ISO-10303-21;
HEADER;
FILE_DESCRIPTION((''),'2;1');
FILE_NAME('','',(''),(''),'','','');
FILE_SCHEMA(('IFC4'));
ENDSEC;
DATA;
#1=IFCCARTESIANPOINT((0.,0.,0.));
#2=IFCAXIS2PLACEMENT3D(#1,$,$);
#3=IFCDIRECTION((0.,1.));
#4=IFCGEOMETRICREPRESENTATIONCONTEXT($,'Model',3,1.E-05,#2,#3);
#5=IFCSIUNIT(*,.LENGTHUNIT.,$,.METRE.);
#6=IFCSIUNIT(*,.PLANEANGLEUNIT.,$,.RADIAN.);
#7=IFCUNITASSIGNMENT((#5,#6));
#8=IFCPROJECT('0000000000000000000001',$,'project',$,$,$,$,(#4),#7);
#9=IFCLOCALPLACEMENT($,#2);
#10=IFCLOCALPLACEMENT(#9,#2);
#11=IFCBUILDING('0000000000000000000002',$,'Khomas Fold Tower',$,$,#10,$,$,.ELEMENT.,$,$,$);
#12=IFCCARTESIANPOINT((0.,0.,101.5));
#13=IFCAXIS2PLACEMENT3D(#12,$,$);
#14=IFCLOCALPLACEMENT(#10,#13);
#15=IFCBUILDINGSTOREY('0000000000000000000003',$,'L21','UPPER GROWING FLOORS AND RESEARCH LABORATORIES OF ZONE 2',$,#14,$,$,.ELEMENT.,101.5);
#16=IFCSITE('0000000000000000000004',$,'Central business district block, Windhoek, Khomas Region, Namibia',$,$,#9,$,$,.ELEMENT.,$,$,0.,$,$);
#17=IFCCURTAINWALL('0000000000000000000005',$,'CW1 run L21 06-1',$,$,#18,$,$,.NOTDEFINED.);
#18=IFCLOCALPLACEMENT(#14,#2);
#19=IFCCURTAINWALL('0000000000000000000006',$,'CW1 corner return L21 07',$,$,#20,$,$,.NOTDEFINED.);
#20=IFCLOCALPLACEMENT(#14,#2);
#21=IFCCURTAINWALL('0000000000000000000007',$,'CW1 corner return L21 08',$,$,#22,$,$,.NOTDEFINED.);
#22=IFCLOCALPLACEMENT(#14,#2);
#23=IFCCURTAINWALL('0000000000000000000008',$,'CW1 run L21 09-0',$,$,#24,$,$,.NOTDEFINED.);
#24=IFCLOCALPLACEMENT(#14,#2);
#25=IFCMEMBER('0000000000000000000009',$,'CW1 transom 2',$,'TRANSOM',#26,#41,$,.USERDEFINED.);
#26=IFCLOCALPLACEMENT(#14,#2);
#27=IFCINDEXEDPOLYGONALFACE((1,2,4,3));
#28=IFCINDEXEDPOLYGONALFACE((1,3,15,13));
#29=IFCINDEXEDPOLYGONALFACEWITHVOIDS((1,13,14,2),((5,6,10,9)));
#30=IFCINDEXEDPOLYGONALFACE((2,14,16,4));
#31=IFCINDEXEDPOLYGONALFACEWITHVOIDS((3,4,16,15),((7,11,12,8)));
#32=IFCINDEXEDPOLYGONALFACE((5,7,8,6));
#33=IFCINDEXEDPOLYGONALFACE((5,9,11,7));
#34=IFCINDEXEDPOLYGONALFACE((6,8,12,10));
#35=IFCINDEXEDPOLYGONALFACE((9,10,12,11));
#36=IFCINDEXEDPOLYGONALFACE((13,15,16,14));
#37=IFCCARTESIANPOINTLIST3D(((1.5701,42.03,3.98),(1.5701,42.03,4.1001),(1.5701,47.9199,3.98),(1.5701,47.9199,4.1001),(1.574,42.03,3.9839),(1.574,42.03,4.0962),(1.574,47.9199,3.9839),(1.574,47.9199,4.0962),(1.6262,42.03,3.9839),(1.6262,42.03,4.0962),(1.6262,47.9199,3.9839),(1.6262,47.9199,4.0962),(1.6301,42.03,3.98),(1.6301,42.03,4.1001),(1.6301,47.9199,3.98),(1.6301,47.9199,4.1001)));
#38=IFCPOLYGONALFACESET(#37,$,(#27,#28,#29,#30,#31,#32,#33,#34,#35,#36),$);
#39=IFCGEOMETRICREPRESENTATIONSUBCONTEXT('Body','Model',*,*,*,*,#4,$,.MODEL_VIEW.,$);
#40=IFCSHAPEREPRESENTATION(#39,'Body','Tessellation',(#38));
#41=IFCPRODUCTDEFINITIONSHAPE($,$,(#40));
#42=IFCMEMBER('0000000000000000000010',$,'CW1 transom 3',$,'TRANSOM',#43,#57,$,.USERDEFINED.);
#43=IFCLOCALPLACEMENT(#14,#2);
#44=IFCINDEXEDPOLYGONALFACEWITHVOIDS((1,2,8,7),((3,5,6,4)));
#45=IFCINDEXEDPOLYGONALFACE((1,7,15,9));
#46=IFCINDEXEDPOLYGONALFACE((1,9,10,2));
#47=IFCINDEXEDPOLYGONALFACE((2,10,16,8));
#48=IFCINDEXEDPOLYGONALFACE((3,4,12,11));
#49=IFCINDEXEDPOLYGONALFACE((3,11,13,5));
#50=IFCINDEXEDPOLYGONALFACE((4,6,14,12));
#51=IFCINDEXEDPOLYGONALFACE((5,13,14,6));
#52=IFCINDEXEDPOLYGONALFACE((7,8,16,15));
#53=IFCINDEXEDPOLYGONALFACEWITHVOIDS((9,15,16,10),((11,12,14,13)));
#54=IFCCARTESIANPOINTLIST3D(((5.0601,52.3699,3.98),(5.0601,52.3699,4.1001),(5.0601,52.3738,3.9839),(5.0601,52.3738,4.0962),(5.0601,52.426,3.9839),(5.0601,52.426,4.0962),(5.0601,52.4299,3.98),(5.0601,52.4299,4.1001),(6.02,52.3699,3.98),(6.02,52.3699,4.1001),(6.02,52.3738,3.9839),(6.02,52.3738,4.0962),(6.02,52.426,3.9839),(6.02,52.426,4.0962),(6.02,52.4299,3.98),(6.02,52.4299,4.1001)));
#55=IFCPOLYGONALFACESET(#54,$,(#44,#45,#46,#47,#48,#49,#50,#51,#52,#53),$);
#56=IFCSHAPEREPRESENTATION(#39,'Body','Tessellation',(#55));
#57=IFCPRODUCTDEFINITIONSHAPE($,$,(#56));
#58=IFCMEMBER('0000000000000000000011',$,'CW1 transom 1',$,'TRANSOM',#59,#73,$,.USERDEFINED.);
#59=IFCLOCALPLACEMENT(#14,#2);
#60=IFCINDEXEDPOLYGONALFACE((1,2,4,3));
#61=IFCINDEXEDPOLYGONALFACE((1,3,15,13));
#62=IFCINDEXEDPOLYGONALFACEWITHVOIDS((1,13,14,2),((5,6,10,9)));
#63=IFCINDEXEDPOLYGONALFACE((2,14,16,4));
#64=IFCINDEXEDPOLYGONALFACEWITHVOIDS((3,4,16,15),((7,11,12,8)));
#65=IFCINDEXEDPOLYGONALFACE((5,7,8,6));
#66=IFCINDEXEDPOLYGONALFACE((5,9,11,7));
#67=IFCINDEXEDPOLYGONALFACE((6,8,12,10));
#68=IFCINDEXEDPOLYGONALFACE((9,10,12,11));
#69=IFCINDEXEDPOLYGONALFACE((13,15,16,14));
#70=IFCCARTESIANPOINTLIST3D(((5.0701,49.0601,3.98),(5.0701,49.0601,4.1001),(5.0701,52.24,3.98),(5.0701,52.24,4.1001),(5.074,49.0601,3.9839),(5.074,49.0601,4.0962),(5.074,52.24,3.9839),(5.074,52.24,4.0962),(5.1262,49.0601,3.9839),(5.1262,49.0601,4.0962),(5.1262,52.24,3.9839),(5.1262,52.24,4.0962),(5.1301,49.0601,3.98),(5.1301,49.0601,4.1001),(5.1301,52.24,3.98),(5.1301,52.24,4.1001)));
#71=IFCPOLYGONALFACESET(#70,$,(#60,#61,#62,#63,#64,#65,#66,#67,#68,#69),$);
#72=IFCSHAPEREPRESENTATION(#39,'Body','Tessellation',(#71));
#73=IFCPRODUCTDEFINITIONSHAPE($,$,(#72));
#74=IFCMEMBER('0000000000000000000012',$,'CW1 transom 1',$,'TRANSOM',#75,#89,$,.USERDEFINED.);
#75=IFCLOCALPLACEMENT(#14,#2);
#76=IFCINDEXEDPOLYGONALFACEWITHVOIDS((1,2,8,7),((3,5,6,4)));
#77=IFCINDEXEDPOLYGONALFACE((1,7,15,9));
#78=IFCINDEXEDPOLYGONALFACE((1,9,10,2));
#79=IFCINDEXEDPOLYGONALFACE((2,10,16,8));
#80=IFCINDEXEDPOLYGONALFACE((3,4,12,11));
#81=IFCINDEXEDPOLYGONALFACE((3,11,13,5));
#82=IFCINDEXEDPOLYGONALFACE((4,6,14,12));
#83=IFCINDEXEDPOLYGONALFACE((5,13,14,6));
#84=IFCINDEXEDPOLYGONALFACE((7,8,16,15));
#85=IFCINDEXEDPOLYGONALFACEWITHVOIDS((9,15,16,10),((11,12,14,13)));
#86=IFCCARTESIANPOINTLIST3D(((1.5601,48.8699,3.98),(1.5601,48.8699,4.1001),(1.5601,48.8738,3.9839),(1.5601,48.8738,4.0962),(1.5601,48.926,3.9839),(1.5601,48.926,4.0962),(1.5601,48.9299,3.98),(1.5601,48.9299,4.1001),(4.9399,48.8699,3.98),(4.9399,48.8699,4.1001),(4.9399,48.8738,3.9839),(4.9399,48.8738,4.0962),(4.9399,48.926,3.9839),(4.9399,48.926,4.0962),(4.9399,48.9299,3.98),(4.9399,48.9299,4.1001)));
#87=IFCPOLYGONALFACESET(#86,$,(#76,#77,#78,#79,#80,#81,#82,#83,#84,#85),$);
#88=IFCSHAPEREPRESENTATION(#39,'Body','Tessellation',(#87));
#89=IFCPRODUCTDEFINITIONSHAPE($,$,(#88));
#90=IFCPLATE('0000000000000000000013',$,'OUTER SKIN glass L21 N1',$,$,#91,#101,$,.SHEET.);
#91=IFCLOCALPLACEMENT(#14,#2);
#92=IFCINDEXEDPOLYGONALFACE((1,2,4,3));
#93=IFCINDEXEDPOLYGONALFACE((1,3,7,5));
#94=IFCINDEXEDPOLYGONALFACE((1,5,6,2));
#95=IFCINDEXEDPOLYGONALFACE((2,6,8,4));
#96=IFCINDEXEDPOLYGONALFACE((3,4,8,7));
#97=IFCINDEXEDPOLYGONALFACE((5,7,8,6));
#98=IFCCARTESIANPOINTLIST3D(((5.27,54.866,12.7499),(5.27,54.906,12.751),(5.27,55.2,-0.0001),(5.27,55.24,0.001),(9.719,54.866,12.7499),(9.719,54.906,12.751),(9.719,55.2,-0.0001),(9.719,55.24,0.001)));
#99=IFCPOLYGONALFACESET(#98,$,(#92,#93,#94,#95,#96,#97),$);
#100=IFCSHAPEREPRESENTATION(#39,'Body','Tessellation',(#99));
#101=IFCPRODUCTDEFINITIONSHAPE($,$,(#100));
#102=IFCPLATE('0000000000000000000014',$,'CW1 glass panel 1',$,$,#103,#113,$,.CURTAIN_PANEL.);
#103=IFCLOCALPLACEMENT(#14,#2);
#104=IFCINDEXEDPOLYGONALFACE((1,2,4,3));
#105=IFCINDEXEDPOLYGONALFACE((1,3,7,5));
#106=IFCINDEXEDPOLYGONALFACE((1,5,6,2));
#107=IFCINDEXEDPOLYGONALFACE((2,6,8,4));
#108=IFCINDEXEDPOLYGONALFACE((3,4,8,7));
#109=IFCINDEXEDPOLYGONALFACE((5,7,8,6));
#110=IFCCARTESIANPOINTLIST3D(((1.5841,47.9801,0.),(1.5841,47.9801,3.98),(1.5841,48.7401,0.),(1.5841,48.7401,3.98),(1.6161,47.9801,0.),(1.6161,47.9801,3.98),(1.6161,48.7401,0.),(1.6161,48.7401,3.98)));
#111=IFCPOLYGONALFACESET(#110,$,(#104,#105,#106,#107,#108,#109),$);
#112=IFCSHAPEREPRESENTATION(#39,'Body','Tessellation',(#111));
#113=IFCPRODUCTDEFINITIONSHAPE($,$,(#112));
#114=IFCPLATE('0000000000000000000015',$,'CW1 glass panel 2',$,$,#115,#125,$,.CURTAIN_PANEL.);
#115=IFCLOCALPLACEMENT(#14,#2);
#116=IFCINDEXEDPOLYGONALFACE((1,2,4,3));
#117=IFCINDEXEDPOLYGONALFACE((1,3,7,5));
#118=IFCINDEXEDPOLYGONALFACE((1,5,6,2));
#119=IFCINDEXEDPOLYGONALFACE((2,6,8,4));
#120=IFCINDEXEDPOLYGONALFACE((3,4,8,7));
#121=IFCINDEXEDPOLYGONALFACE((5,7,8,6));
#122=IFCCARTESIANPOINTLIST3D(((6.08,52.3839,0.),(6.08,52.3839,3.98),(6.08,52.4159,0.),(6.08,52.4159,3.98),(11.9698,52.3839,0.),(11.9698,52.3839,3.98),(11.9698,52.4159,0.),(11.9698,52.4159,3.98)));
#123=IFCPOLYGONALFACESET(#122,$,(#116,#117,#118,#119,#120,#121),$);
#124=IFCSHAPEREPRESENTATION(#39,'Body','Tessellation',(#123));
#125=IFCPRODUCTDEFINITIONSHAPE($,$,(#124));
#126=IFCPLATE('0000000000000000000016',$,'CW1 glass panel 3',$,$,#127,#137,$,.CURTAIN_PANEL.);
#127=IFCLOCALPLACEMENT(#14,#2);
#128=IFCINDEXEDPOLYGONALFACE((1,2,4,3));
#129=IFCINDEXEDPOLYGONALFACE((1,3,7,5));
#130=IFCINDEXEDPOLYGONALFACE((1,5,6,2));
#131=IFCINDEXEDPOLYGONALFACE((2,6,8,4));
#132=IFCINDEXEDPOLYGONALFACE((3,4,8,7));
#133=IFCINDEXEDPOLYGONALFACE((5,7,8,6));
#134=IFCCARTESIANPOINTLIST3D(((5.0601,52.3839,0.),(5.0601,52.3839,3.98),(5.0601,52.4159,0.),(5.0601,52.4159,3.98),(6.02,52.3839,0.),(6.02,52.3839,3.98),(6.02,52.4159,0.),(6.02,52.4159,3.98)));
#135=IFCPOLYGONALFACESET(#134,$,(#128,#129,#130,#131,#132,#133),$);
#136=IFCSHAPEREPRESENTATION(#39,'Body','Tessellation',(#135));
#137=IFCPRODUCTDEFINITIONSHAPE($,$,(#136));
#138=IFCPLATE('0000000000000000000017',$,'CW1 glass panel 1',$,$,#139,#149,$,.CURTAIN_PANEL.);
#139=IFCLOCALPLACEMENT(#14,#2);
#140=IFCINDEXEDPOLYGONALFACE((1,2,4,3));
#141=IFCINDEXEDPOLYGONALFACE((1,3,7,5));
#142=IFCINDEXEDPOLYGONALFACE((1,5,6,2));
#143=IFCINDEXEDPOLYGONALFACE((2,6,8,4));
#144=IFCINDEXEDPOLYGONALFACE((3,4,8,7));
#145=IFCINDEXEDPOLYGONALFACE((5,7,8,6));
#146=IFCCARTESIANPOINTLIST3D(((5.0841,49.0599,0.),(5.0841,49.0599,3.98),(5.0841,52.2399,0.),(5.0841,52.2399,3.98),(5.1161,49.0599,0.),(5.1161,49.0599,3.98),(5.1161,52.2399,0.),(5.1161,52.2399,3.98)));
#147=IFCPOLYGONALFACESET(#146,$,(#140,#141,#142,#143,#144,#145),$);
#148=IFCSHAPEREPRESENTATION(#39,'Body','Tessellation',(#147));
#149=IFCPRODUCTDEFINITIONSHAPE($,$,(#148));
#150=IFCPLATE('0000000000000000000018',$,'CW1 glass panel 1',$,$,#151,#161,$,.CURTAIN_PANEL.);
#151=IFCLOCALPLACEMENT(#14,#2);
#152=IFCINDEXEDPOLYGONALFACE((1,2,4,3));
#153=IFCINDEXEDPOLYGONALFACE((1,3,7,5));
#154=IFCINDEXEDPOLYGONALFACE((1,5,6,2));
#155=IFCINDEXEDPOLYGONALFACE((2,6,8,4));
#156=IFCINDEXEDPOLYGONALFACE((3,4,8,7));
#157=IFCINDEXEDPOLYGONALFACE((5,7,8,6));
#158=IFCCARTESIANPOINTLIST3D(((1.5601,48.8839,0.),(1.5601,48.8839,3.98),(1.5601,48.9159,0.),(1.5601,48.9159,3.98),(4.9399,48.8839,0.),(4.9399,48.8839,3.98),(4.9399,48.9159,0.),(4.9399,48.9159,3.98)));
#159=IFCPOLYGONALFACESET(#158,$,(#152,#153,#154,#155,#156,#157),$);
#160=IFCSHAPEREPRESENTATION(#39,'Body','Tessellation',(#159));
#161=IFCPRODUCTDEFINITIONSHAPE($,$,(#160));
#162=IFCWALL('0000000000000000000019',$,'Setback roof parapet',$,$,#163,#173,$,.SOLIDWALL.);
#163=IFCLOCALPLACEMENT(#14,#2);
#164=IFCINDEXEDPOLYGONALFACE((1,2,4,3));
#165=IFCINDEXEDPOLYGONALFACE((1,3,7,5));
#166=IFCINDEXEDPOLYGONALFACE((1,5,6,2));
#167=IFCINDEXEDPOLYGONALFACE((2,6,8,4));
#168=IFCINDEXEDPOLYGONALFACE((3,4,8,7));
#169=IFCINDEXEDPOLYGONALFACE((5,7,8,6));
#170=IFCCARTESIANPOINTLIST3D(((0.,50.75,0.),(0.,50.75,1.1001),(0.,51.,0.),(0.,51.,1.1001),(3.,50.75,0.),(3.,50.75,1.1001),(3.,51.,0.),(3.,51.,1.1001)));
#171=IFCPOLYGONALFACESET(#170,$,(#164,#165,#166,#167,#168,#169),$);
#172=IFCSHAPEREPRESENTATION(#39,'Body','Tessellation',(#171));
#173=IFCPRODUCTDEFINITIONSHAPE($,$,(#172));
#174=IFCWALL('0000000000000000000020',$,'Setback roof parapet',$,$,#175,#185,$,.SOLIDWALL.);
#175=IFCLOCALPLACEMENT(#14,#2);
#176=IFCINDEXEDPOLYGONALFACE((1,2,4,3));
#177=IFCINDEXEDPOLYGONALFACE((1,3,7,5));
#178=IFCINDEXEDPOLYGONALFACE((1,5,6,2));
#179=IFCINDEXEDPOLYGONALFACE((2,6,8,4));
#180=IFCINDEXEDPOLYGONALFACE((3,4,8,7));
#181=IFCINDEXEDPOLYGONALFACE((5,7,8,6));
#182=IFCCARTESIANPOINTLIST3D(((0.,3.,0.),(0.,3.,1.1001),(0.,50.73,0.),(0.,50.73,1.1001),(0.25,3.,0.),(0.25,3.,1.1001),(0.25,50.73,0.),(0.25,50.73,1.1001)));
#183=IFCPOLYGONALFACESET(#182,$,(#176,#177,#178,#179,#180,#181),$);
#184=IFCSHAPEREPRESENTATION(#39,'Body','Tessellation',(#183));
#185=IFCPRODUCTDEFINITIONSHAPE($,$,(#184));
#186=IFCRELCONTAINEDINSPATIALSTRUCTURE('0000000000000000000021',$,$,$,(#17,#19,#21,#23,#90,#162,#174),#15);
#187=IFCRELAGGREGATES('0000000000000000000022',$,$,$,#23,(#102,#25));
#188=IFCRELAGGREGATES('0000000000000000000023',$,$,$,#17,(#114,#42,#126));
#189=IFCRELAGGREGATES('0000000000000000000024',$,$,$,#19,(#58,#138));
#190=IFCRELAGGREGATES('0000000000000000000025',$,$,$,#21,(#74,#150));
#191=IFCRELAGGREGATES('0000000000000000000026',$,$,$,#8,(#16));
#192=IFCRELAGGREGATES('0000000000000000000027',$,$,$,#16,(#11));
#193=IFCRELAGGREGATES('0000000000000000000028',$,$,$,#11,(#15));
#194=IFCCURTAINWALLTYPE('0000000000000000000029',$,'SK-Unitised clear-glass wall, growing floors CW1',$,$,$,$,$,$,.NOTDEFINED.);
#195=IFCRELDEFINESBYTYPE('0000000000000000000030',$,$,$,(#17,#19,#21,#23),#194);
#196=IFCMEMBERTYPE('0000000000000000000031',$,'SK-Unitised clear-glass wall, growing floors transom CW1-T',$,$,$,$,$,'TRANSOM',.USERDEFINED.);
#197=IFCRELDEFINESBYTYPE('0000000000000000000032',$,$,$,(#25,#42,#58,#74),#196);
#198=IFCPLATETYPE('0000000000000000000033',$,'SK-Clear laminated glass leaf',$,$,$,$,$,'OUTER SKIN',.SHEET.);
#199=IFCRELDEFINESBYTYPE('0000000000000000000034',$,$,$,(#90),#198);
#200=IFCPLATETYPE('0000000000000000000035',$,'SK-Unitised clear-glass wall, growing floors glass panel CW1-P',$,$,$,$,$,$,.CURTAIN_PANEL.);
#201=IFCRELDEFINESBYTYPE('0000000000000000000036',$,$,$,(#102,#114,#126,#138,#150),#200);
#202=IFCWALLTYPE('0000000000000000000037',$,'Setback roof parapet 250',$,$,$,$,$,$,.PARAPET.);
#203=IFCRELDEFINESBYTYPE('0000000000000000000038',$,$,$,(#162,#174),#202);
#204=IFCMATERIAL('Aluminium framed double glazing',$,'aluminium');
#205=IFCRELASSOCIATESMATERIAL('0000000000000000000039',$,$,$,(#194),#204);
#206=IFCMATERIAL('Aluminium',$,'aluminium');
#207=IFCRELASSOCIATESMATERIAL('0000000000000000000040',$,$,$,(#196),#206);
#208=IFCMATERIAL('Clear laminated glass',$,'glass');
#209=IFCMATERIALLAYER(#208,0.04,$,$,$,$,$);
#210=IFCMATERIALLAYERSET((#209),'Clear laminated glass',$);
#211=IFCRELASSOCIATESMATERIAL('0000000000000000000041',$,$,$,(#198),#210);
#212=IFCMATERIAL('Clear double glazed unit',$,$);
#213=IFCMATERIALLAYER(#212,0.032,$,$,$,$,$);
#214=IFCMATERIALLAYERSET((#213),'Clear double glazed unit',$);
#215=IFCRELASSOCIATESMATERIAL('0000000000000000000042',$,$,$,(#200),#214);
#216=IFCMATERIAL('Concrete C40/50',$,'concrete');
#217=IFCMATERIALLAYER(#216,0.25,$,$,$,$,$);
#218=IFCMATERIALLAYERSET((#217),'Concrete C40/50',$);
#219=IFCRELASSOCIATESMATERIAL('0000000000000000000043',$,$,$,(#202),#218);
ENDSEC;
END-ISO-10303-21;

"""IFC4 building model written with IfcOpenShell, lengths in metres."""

from ifc_helpers import new_model, si_unit, direction, frame, frame_2d, origin, origin_2d, place, context, subcontext, project, spatial, polyline, rectangle, hollow_rectangle, outline, extrude, source, transform, mapped, material, layer, layer_set, material_profile, profile_set, type_object, element, aggregate, save


model = new_model("IFC4")

# Units and contexts
model_context = context("Model", 3, precision=1e-05, world=origin(), true_north=direction((0.0, 1.0)))
body_context = subcontext(model_context, "Body", "Model", "MODEL_VIEW")
ifc_project = project(units=[si_unit("LENGTHUNIT", "METRE"), si_unit("PLANEANGLEUNIT", "RADIAN")], contexts=[model_context])

# Site, building, storey
site_placement = place(None, origin())
site = spatial("IfcSite", under=ifc_project, at=site_placement, Name="Central business district block, Windhoek, Khomas Region, Namibia", CompositionType="ELEMENT", RefElevation=0.0)
building_placement = place(site_placement, origin())
building = spatial("IfcBuilding", under=site, at=building_placement, Name="Khomas Fold Tower", CompositionType="ELEMENT")
storey_placement = place(building_placement, frame((0.0, 0.0, 101.5)))
storey = spatial("IfcBuildingStorey", under=building, at=storey_placement, Name="L21", Description="UPPER GROWING FLOORS AND RESEARCH LABORATORIES OF ZONE 2", CompositionType="ELEMENT", Elevation=101.5)

# Curtain walls, member
ifc_material_1 = material(Name="Aluminium framed double glazing", Category="aluminium")
curtain_wall_type = type_object("IfcCurtainWallType", Name="SK-Unitised clear-glass wall, growing floors CW1", PredefinedType="NOTDEFINED", material=ifc_material_1)
curtain_wall_1_placement = place(storey_placement, origin())
curtain_wall_1 = element("IfcCurtainWall", 1, at=curtain_wall_1_placement, inside=storey, type_object=curtain_wall_type, Name="CW1 run L21 06-1", PredefinedType="NOTDEFINED")
curtain_wall_2_placement = place(storey_placement, origin())
curtain_wall_2 = element("IfcCurtainWall", 2, at=curtain_wall_2_placement, inside=storey, type_object=curtain_wall_type, Name="CW1 corner return L21 07", PredefinedType="NOTDEFINED")
curtain_wall_3_placement = place(storey_placement, origin())
curtain_wall_3 = element("IfcCurtainWall", 3, at=curtain_wall_3_placement, inside=storey, type_object=curtain_wall_type, Name="CW1 corner return L21 08", PredefinedType="NOTDEFINED")
curtain_wall_4_placement = place(storey_placement, origin())
curtain_wall_4 = element("IfcCurtainWall", 4, at=curtain_wall_4_placement, inside=storey, type_object=curtain_wall_type, Name="CW1 run L21 09-0", PredefinedType="NOTDEFINED")
ifc_material_2 = material(Name="Aluminium", Category="aluminium")
ifc_material_profile_1 = material_profile(ifc_material_2, hollow_rectangle(XDim=0.0601, YDim=0.1201, WallThickness=0.0039, at=origin_2d()), Name="SK-Unitised clear-glass wall, growing floors transom CW1-T")
ifc_profile_set_1 = profile_set([ifc_material_profile_1], Name="Aluminium")
member_type_1 = type_object("IfcMemberType", Name="SK-Unitised clear-glass wall, growing floors transom CW1-T", ElementType="TRANSOM", PredefinedType="USERDEFINED", material=ifc_profile_set_1)
shared_shape_1 = source(origin(), body_context, "Body", "SweptSolid", [
    extrude(hollow_rectangle(XDim=0.0601, YDim=0.1201, WallThickness=0.0039, at=origin_2d()), origin(), (0.0, 0.0, 1.0), 5.8899),
])
member_1_placement = place(storey_placement, frame((1.6001, 47.9199, 4.04), z_axis=(0.0, -1.0, 0.0), x_axis=(1.0, 0.0, 0.0)))
member_1 = element("IfcMember", 5, at=member_1_placement, type_object=member_type_1, Name="CW1 transom 2", ObjectType="TRANSOM", PredefinedType="USERDEFINED", context=body_context, shape_type="MappedRepresentation", body=[
    mapped(shared_shape_1, transform((0.0, 0.0, 0.0))),
])

# Members
shared_shape_2 = source(origin(), body_context, "Body", "SweptSolid", [
    extrude(hollow_rectangle(XDim=0.0601, YDim=0.1201, WallThickness=0.0039, at=origin_2d()), origin(), (0.0, 0.0, 1.0), 0.96),
])
member_2_placement = place(storey_placement, frame((6.02, 52.3999, 4.04), z_axis=(-1.0, 0.0, 0.0), x_axis=(0.0, -1.0, 0.0)))
member_2 = element("IfcMember", 6, at=member_2_placement, type_object=member_type_1, Name="CW1 transom 3", ObjectType="TRANSOM", PredefinedType="USERDEFINED", context=body_context, shape_type="MappedRepresentation", body=[
    mapped(shared_shape_2, transform((0.0, 0.0, 0.0))),
])
shared_shape_3 = source(origin(), body_context, "Body", "SweptSolid", [
    extrude(hollow_rectangle(XDim=0.0601, YDim=0.1201, WallThickness=0.0039, at=origin_2d()), origin(), (0.0, 0.0, 1.0), 3.1799),
])
member_3_placement = place(storey_placement, frame((5.1001, 52.24, 4.04), z_axis=(0.0, -1.0, 0.0), x_axis=(1.0, 0.0, 0.0)))
member_3 = element("IfcMember", 7, at=member_3_placement, type_object=member_type_1, Name="CW1 transom 1", ObjectType="TRANSOM", PredefinedType="USERDEFINED", context=body_context, shape_type="MappedRepresentation", body=[
    mapped(shared_shape_3, transform((0.0, 0.0, 0.0))),
])
shared_shape_4 = source(origin(), body_context, "Body", "SweptSolid", [
    extrude(hollow_rectangle(XDim=0.0601, YDim=0.1201, WallThickness=0.0039, at=origin_2d()), origin(), (0.0, 0.0, 1.0), 3.3799),
])
member_4_placement = place(storey_placement, frame((4.9399, 48.8999, 4.04), z_axis=(-1.0, 0.0, 0.0), x_axis=(0.0, -1.0, 0.0)))
member_4 = element("IfcMember", 8, at=member_4_placement, type_object=member_type_1, Name="CW1 transom 1", ObjectType="TRANSOM", PredefinedType="USERDEFINED", context=body_context, shape_type="MappedRepresentation", body=[
    mapped(shared_shape_4, transform((0.0, 0.0, 0.0))),
])

# Plates
ifc_material_3 = material(Name="Clear laminated glass", Category="glass")
ifc_layer_1 = layer(ifc_material_3, 0.04)
ifc_layer_set_1 = layer_set([ifc_layer_1], Name="Clear laminated glass")
plate_type_1 = type_object("IfcPlateType", Name="SK-Clear laminated glass leaf", ElementType="OUTER SKIN", PredefinedType="SHEET", material=ifc_layer_set_1)
plate_1_placement = place(storey_placement, frame((5.27, 55.24, 0.001), z_axis=(0.0, 0.999657, 0.026186), x_axis=(1.0, 0.0, 0.0)))
element("IfcPlate", 9, at=plate_1_placement, inside=storey, type_object=plate_type_1, Name="OUTER SKIN glass L21 N1", PredefinedType="SHEET", context=body_context, shape_type="SweptSolid", body=[
    extrude(outline(polyline([(0.0, 0.0), (4.449, 0.0), (4.449, -12.7544), (0.0, -12.7544), (0.0, 0.0)])), origin(), (0.0, 0.0, -1.0), 0.04),
])
ifc_material_4 = material(Name="Clear double glazed unit")
ifc_layer_2 = layer(ifc_material_4, 0.032)
ifc_layer_set_2 = layer_set([ifc_layer_2], Name="Clear double glazed unit")
plate_type_2 = type_object("IfcPlateType", Name="SK-Unitised clear-glass wall, growing floors glass panel CW1-P", PredefinedType="CURTAIN_PANEL", material=ifc_layer_set_2)
shared_shape_5 = source(origin(), body_context, "Body", "SweptSolid", [
    extrude(rectangle(XDim=0.76, YDim=0.032, at=origin_2d()), origin(), (0.0, 0.0, 1.0), 3.98),
])
plate_2_placement = place(storey_placement, frame((1.6001, 48.3601, 0.0), z_axis=(0.0, 0.0, 1.0), x_axis=(0.0, -1.0, 0.0)))
plate_2 = element("IfcPlate", 10, at=plate_2_placement, type_object=plate_type_2, Name="CW1 glass panel 1", PredefinedType="CURTAIN_PANEL", context=body_context, shape_type="MappedRepresentation", body=[
    mapped(shared_shape_5, transform((0.0, 0.0, 0.0))),
])
aggregate(curtain_wall_4, [plate_2, member_1])
shared_shape_6 = source(origin(), body_context, "Body", "SweptSolid", [
    extrude(rectangle(XDim=5.8899, YDim=0.032, at=origin_2d()), origin(), (0.0, 0.0, 1.0), 3.98),
])
plate_3_placement = place(storey_placement, frame((9.0249, 52.3999, 0.0), z_axis=(0.0, 0.0, 1.0), x_axis=(-1.0, 0.0, 0.0)))
plate_3 = element("IfcPlate", 11, at=plate_3_placement, type_object=plate_type_2, Name="CW1 glass panel 2", PredefinedType="CURTAIN_PANEL", context=body_context, shape_type="MappedRepresentation", body=[
    mapped(shared_shape_6, transform((0.0, 0.0, 0.0))),
])
shared_shape_7 = source(origin(), body_context, "Body", "SweptSolid", [
    extrude(rectangle(XDim=0.96, YDim=0.032, at=origin_2d()), origin(), (0.0, 0.0, 1.0), 3.98),
])
plate_4_placement = place(storey_placement, frame((5.54, 52.3999, 0.0), z_axis=(0.0, 0.0, 1.0), x_axis=(-1.0, 0.0, 0.0)))
plate_4 = element("IfcPlate", 12, at=plate_4_placement, type_object=plate_type_2, Name="CW1 glass panel 3", PredefinedType="CURTAIN_PANEL", context=body_context, shape_type="MappedRepresentation", body=[
    mapped(shared_shape_7, transform((0.0, 0.0, 0.0))),
])
aggregate(curtain_wall_1, [plate_3, member_2, plate_4])
shared_shape_8 = source(origin(), body_context, "Body", "SweptSolid", [
    extrude(rectangle(XDim=3.1799, YDim=0.032, at=origin_2d()), origin(), (0.0, 0.0, 1.0), 3.98),
])
plate_5_placement = place(storey_placement, frame((5.1001, 50.6499, 0.0), z_axis=(0.0, 0.0, 1.0), x_axis=(0.0, -1.0, 0.0)))
plate_5 = element("IfcPlate", 13, at=plate_5_placement, type_object=plate_type_2, Name="CW1 glass panel 1", PredefinedType="CURTAIN_PANEL", context=body_context, shape_type="MappedRepresentation", body=[
    mapped(shared_shape_8, transform((0.0, 0.0, 0.0))),
])
aggregate(curtain_wall_2, [member_3, plate_5])
shared_shape_9 = source(origin(), body_context, "Body", "SweptSolid", [
    extrude(rectangle(XDim=3.3799, YDim=0.032, at=origin_2d()), origin(), (0.0, 0.0, 1.0), 3.98),
])
plate_6_placement = place(storey_placement, frame((3.25, 48.8999, 0.0), z_axis=(0.0, 0.0, 1.0), x_axis=(-1.0, 0.0, 0.0)))
plate_6 = element("IfcPlate", 14, at=plate_6_placement, type_object=plate_type_2, Name="CW1 glass panel 1", PredefinedType="CURTAIN_PANEL", context=body_context, shape_type="MappedRepresentation", body=[
    mapped(shared_shape_9, transform((0.0, 0.0, 0.0))),
])
aggregate(curtain_wall_3, [member_4, plate_6])

# Walls
ifc_material_5 = material(Name="Concrete C40/50", Category="concrete")
ifc_layer_3 = layer(ifc_material_5, 0.25)
ifc_layer_set_3 = layer_set([ifc_layer_3], Name="Concrete C40/50")
wall_type_1 = type_object("IfcWallType", Name="Setback roof parapet 250", PredefinedType="PARAPET", material=ifc_layer_set_3)
shared_shape_10 = source(origin(), body_context, "Body", "SweptSolid", [
    extrude(rectangle(XDim=3.0, YDim=0.25, at=frame_2d((1.5, 0.0))), origin(), (0.0, 0.0, 1.0), 1.1001),
])
wall_1_placement = place(storey_placement, frame((3.0, 50.875, 0.0), z_axis=(0.0, 0.0, 1.0), x_axis=(-1.0, 0.0, 0.0)))
element("IfcWall", 15, at=wall_1_placement, inside=storey, type_object=wall_type_1, Name="Setback roof parapet", PredefinedType="SOLIDWALL", context=body_context, shape_type="MappedRepresentation", body=[
    mapped(shared_shape_10, transform((0.0, 0.0, 0.0))),
])
shared_shape_11 = source(origin(), body_context, "Body", "SweptSolid", [
    extrude(rectangle(XDim=47.73, YDim=0.25, at=frame_2d((23.865, 0.0))), origin(), (0.0, 0.0, 1.0), 1.1001),
])
wall_2_placement = place(storey_placement, frame((0.125, 50.73, 0.0), z_axis=(0.0, 0.0, 1.0), x_axis=(0.0, -1.0, 0.0)))
element("IfcWall", 16, at=wall_2_placement, inside=storey, type_object=wall_type_1, Name="Setback roof parapet", PredefinedType="SOLIDWALL", context=body_context, shape_type="MappedRepresentation", body=[
    mapped(shared_shape_11, transform((0.0, 0.0, 0.0))),
])

save(model, "model.ifc")
